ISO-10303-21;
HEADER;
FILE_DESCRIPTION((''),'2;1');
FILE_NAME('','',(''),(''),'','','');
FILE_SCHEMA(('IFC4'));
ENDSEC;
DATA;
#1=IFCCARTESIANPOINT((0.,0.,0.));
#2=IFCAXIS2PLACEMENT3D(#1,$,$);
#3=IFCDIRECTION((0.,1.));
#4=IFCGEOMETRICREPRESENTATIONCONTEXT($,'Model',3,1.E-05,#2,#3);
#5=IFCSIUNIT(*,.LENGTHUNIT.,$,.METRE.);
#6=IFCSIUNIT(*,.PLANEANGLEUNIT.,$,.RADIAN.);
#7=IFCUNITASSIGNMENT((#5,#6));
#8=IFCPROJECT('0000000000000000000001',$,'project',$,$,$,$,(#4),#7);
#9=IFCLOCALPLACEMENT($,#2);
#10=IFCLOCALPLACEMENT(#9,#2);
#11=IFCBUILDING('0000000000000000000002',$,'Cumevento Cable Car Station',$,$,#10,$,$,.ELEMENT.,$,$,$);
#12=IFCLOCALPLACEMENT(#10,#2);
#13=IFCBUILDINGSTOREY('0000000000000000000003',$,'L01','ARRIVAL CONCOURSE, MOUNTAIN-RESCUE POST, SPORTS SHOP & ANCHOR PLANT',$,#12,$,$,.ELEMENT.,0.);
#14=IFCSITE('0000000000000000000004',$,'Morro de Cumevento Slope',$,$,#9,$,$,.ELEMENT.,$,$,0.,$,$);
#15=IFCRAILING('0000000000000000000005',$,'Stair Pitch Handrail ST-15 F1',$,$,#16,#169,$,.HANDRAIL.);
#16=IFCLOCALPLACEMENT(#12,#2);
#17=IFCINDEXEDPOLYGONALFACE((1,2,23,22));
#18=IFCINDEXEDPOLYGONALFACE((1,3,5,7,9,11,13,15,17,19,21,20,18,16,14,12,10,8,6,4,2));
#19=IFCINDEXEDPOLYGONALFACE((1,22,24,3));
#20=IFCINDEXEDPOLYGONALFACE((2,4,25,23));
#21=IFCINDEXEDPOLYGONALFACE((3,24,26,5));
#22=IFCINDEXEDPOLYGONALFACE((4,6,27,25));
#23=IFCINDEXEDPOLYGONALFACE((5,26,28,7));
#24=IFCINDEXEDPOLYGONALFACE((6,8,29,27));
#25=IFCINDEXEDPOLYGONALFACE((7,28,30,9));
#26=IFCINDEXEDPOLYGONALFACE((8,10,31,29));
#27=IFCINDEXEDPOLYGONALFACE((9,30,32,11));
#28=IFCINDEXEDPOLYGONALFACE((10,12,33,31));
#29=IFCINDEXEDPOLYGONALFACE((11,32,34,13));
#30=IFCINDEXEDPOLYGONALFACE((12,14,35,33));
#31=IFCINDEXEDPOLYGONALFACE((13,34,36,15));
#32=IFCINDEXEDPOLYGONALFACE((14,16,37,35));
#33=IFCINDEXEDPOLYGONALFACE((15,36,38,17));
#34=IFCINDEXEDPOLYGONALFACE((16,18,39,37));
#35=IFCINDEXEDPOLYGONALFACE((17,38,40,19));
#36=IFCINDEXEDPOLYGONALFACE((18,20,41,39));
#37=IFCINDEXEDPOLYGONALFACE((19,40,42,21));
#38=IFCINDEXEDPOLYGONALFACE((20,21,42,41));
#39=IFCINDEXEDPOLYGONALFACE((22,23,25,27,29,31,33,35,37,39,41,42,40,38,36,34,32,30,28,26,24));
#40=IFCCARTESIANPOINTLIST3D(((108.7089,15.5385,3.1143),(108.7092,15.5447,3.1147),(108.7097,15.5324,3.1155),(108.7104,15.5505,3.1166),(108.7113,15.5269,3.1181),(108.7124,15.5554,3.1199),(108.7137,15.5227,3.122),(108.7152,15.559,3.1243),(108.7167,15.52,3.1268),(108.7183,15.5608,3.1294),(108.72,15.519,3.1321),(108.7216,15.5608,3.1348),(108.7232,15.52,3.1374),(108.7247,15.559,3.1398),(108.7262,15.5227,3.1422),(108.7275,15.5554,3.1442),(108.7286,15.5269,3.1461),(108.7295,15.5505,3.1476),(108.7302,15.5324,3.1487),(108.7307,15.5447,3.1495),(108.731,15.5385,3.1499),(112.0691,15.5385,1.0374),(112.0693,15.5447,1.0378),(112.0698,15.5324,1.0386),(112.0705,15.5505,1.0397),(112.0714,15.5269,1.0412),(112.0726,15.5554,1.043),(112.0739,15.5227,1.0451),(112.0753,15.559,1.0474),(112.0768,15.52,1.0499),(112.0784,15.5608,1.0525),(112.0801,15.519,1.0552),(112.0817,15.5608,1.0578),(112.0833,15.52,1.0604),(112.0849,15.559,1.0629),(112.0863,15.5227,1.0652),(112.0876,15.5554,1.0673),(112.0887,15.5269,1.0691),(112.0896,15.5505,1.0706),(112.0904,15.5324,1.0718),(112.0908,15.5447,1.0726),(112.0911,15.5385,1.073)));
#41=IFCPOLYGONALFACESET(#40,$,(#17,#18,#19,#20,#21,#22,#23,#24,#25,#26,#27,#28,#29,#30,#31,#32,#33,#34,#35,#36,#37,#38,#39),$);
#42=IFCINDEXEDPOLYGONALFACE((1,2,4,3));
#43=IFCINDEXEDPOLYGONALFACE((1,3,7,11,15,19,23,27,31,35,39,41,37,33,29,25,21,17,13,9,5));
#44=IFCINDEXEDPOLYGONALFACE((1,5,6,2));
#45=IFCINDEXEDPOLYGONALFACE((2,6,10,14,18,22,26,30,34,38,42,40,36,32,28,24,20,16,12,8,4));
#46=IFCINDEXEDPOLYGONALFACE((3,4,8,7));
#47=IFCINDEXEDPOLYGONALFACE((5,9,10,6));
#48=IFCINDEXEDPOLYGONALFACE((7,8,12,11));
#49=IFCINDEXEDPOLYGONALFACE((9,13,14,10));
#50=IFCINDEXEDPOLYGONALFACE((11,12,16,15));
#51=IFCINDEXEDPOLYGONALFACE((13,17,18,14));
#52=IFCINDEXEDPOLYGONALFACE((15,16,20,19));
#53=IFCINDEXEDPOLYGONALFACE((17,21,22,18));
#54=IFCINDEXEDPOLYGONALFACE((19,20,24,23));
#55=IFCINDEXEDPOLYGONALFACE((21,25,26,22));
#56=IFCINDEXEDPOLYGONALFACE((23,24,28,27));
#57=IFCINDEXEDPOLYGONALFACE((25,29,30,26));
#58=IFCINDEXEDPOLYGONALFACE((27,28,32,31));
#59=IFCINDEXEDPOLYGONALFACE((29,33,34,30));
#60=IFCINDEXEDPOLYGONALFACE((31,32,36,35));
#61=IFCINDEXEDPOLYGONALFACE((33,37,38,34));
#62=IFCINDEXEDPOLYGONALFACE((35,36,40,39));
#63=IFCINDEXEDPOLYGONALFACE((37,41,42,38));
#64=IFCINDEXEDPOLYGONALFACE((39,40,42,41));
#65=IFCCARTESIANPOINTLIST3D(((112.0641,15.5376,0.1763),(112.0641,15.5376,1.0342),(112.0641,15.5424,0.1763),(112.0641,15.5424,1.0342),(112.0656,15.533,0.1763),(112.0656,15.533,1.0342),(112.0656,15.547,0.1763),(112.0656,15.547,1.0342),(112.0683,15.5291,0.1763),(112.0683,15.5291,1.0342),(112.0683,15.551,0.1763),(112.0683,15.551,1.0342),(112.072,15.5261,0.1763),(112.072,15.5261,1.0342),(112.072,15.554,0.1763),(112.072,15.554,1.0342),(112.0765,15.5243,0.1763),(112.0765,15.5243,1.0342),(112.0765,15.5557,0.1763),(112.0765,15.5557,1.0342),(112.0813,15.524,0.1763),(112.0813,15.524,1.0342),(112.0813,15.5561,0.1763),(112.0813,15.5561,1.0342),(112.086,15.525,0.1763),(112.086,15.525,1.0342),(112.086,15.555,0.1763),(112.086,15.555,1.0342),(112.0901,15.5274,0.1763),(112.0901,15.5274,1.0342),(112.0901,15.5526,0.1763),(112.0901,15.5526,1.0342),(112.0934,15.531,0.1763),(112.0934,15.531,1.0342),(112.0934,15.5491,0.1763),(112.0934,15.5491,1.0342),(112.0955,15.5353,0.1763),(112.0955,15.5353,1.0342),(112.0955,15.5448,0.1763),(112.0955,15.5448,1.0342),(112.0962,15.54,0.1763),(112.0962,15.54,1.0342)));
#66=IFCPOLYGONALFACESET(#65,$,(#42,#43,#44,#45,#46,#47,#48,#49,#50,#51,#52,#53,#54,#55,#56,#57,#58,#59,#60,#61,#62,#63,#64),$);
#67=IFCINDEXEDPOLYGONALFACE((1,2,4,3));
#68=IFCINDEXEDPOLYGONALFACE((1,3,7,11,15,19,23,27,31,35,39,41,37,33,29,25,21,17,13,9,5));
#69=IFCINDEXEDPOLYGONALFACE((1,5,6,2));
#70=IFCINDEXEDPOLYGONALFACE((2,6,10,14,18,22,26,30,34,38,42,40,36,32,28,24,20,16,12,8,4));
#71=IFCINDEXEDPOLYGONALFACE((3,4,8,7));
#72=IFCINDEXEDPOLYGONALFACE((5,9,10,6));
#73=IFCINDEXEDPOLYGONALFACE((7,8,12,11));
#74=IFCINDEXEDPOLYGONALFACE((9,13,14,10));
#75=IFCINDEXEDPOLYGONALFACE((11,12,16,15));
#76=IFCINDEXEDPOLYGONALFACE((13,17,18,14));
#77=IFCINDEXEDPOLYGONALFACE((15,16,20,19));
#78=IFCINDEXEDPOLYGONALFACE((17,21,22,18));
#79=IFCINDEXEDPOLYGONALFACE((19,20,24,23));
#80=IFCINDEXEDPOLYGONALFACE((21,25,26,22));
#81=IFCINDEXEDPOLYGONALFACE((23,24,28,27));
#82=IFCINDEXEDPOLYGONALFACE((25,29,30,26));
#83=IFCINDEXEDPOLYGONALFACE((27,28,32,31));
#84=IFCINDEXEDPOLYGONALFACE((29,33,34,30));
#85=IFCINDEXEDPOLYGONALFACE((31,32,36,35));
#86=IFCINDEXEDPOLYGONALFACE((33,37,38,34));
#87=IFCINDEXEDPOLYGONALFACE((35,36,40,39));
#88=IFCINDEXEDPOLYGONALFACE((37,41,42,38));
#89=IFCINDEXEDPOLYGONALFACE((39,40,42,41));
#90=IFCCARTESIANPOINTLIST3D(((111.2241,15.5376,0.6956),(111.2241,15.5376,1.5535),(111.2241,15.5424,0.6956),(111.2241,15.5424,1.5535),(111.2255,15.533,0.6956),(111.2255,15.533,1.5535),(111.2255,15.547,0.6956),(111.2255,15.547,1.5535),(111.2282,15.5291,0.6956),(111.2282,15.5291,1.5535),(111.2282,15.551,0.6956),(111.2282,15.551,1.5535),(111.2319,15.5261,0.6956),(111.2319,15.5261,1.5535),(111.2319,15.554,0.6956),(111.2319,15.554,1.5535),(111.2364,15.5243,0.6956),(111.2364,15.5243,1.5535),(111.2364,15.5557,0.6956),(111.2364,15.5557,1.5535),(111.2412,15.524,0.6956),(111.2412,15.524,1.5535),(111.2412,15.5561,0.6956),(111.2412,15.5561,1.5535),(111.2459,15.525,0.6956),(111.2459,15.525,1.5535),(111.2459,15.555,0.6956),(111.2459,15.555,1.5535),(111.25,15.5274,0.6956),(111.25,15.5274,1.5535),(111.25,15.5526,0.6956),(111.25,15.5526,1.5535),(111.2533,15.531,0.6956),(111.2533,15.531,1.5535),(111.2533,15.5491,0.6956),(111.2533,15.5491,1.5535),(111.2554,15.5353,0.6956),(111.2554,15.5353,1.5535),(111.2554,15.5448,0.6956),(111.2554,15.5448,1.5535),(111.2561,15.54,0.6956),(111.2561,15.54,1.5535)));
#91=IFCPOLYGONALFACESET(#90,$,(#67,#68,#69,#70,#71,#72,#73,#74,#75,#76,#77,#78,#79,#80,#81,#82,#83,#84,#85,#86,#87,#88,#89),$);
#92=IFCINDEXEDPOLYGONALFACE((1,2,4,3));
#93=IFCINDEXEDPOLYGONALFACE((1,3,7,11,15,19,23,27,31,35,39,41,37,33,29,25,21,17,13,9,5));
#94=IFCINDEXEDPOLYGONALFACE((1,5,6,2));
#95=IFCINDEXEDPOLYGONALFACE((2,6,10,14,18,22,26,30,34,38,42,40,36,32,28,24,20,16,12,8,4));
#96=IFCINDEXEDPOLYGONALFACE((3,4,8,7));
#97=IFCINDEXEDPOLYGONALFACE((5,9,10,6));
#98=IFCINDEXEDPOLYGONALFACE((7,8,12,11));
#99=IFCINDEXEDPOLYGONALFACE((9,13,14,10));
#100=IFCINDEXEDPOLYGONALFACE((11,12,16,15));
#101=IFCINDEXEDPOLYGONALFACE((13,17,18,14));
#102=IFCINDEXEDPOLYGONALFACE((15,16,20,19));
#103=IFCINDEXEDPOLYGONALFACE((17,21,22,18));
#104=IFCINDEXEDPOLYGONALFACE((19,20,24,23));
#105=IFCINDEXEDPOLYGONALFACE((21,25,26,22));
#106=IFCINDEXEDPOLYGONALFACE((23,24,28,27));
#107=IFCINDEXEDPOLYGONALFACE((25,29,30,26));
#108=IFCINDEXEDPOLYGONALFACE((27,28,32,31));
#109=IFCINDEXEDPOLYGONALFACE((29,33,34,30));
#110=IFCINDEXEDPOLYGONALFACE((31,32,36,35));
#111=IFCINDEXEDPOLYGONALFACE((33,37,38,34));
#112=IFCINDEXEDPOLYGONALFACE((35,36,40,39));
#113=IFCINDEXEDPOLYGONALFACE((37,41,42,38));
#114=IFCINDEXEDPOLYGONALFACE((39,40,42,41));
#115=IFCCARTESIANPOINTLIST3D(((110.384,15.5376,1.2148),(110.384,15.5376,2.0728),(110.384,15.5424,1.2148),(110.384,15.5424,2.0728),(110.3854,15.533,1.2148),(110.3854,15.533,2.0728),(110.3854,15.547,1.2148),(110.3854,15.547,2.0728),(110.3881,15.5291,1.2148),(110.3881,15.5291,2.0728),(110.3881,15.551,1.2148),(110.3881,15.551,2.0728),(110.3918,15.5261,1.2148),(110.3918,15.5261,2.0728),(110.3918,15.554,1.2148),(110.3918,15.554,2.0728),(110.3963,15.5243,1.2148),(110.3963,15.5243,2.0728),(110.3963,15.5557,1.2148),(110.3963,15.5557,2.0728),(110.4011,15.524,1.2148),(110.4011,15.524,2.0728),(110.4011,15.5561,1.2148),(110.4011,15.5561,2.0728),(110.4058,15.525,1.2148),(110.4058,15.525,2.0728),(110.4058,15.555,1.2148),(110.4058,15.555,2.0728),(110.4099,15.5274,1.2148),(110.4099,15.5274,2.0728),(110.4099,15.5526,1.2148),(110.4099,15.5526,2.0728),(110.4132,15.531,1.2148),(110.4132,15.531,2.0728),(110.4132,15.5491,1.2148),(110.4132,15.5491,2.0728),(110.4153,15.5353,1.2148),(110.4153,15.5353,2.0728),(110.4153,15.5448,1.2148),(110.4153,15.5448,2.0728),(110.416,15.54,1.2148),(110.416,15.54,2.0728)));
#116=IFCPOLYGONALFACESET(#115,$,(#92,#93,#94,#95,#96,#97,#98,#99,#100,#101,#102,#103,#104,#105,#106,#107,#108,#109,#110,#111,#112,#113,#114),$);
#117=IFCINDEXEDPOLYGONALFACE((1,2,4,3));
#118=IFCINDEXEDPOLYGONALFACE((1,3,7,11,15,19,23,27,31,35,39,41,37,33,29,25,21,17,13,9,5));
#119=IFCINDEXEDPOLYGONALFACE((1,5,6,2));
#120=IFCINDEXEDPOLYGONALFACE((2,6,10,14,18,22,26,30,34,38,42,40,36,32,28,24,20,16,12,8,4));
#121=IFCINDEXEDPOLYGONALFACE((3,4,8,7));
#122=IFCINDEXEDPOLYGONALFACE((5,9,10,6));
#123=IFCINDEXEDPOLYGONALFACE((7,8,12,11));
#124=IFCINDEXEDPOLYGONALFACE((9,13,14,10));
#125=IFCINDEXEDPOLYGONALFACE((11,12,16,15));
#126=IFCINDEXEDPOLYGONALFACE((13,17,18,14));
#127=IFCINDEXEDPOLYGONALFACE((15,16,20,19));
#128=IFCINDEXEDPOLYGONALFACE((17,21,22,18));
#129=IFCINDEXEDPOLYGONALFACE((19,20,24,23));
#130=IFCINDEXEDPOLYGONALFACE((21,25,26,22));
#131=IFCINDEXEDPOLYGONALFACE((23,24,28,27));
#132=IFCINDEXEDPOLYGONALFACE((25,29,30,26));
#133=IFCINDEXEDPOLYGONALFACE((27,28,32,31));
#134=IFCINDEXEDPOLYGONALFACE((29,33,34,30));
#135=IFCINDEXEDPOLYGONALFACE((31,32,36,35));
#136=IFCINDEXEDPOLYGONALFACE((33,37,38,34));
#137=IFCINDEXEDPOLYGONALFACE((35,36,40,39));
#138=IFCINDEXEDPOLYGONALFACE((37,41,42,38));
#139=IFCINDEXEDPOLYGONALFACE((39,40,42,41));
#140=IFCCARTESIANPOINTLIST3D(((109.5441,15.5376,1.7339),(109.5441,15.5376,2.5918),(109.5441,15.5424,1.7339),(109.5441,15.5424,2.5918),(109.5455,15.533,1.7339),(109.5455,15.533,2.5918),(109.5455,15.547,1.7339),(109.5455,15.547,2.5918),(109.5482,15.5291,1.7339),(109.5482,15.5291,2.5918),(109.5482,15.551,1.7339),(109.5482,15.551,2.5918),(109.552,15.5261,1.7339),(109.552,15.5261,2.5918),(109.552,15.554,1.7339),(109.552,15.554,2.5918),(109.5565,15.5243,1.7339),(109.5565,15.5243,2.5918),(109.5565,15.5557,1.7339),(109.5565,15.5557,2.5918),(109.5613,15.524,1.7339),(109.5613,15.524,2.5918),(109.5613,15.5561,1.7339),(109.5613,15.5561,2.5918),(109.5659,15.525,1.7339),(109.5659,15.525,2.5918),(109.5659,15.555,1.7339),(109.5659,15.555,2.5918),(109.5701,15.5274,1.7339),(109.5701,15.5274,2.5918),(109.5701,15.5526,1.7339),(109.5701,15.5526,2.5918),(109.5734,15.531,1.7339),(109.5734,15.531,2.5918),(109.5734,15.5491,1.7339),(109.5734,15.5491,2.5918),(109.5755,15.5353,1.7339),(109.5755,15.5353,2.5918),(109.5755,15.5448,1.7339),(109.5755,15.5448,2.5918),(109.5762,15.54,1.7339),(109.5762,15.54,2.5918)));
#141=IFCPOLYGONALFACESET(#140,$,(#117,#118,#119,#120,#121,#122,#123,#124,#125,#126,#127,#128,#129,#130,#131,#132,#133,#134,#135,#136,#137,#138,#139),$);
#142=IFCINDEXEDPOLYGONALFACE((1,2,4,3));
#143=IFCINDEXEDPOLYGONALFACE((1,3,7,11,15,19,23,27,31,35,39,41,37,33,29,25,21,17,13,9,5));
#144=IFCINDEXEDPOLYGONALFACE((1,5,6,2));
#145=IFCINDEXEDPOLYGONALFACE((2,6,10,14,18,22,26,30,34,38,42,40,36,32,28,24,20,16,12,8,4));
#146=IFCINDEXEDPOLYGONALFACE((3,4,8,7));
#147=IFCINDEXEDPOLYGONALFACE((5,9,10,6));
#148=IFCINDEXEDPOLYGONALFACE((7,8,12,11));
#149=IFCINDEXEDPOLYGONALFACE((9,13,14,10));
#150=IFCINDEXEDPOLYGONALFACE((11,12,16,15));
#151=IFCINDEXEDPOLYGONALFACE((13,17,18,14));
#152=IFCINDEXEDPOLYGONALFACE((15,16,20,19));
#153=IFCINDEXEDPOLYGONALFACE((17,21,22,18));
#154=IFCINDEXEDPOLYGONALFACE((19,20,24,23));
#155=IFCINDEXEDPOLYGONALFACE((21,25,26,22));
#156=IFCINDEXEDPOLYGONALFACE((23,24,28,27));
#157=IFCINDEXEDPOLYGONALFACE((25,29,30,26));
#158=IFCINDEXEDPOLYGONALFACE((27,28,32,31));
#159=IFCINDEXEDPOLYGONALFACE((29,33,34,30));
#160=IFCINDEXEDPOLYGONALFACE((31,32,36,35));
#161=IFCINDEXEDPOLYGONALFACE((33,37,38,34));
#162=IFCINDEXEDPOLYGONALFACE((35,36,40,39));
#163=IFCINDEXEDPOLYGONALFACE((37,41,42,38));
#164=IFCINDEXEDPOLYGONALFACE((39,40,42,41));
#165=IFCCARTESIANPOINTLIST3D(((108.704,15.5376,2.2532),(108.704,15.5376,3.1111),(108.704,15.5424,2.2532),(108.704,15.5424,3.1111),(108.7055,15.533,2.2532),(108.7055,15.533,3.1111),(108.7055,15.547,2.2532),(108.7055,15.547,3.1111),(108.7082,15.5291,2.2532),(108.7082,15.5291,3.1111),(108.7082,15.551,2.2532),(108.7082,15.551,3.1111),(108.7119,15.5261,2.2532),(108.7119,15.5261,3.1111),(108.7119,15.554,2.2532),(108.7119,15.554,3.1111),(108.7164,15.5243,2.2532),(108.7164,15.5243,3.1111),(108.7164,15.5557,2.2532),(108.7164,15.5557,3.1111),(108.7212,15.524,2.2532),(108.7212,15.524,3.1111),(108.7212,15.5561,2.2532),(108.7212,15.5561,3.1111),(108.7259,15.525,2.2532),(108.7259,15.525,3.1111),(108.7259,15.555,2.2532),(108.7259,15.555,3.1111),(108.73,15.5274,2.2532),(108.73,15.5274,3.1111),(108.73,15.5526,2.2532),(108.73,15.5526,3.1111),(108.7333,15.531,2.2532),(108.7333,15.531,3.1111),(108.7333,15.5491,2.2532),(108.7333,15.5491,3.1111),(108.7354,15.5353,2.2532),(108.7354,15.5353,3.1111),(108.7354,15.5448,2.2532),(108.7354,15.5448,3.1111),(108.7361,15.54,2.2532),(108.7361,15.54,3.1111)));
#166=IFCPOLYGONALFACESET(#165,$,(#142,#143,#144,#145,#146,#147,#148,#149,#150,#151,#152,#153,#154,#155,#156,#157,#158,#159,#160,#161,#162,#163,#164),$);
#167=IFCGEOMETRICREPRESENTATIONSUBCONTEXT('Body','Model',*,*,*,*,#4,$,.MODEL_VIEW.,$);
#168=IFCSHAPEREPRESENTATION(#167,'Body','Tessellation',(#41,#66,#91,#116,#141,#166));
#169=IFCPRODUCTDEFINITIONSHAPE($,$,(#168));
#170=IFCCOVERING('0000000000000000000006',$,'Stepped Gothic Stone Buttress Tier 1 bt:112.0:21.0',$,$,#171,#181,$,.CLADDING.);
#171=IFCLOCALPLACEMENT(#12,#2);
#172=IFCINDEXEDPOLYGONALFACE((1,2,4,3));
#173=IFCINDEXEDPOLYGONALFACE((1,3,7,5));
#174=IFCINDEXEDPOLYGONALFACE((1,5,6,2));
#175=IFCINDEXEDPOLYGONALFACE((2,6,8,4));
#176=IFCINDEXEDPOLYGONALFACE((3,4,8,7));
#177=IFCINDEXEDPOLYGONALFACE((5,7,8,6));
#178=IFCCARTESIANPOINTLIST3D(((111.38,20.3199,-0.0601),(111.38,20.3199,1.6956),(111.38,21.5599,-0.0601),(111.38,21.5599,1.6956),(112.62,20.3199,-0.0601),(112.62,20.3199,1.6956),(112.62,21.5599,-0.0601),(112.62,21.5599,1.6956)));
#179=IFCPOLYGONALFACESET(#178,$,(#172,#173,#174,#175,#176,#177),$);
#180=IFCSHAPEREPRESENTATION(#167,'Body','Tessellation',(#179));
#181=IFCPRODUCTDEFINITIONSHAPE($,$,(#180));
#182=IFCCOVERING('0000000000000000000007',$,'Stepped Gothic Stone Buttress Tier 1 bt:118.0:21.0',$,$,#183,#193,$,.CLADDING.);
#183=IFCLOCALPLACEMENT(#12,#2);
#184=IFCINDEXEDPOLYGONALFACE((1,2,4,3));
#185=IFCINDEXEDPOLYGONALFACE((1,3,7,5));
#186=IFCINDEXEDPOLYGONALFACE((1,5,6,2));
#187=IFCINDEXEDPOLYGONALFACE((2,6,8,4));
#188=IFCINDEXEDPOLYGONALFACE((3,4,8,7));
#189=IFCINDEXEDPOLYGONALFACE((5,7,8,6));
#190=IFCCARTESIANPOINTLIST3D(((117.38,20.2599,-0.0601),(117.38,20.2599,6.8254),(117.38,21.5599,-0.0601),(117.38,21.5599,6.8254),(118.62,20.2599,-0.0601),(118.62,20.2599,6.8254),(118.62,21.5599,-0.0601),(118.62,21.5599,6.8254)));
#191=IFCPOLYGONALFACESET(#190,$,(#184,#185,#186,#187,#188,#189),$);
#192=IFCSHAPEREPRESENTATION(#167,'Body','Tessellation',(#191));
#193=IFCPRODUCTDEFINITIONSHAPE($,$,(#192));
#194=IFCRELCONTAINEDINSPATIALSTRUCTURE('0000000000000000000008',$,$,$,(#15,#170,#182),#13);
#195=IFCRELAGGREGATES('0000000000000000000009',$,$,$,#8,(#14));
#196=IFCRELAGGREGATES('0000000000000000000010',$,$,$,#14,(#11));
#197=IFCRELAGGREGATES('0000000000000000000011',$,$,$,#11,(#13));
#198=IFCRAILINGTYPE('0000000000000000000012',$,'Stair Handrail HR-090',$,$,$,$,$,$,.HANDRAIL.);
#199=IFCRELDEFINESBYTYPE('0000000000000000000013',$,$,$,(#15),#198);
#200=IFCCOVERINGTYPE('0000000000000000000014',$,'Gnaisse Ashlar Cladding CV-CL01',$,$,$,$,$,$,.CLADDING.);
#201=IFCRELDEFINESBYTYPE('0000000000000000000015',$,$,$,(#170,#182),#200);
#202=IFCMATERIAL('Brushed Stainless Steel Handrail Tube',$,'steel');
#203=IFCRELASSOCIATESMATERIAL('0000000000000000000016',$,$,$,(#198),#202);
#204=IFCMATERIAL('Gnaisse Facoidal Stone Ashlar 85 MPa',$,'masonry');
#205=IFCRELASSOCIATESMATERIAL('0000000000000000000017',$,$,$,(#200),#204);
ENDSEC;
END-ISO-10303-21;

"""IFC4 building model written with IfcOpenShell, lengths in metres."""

from ifc_helpers import new_model, si_unit, direction, frame, origin, origin_2d, place, context, subcontext, project, spatial, rectangle, circle, extrude, material, type_object, element, save


model = new_model("IFC4")

# Units and contexts
model_context = context("Model", 3, precision=1e-05, world=origin(), true_north=direction((0.0, 1.0)))
body_context = subcontext(model_context, "Body", "Model", "MODEL_VIEW")
ifc_project = project(units=[si_unit("LENGTHUNIT", "METRE"), si_unit("PLANEANGLEUNIT", "RADIAN")], contexts=[model_context])

# Site, building, storey
site_placement = place(None, origin())
site = spatial("IfcSite", under=ifc_project, at=site_placement, Name="Morro de Cumevento Slope", CompositionType="ELEMENT", RefElevation=0.0)
building_placement = place(site_placement, origin())
building = spatial("IfcBuilding", under=site, at=building_placement, Name="Cumevento Cable Car Station", CompositionType="ELEMENT")
storey_placement = place(building_placement, origin())
storey = spatial("IfcBuildingStorey", under=building, at=storey_placement, Name="L01", Description="ARRIVAL CONCOURSE, MOUNTAIN-RESCUE POST, SPORTS SHOP & ANCHOR PLANT", CompositionType="ELEMENT", Elevation=0.0)

# Railing
ifc_material_1 = material(Name="Brushed Stainless Steel Handrail Tube", Category="steel")
railing_type_1 = type_object("IfcRailingType", Name="Stair Handrail HR-090", PredefinedType="HANDRAIL", material=ifc_material_1)
railing_1_placement = place(storey_placement, frame((112.0801, 15.54, 0.1763)))
element("IfcRailing", 1, at=railing_1_placement, inside=storey, type_object=railing_type_1, Name="Stair Pitch Handrail ST-15 F1", PredefinedType="HANDRAIL", context=body_context, shape_type="SweptSolid", body=[
    extrude(circle(Radius=0.021, at=origin_2d()), frame((0.0, 0.0, 0.8789), z_axis=(-0.850623, 0.0, 0.525776), x_axis=(0.0, -1.0, 0.0)), (0.0, 0.0, 1.0), 3.9502),
    extrude(circle(Radius=0.0161, at=origin_2d()), origin(), (0.0, 0.0, 1.0), 0.8579),
    extrude(circle(Radius=0.0161, at=origin_2d()), frame((-0.8401, 0.0, 0.5193)), (0.0, 0.0, 1.0), 0.8579),
    extrude(circle(Radius=0.0161, at=origin_2d()), frame((-1.6802, 0.0, 1.0386)), (0.0, 0.0, 1.0), 0.8579),
    extrude(circle(Radius=0.0161, at=origin_2d()), frame((-2.52, 0.0, 1.5576)), (0.0, 0.0, 1.0), 0.8579),
    extrude(circle(Radius=0.0161, at=origin_2d()), frame((-3.3601, 0.0, 2.0769)), (0.0, 0.0, 1.0), 0.8579),
])

# Coverings
ifc_material_2 = material(Name="Gnaisse Facoidal Stone Ashlar 85 MPa", Category="masonry")
covering_type = type_object("IfcCoveringType", Name="Gnaisse Ashlar Cladding CV-CL01", PredefinedType="CLADDING", material=ifc_material_2)
covering_1_placement = place(storey_placement, frame((112.0, 20.9399, -0.0601), z_axis=(0.0, 0.0, 1.0), x_axis=(1.0, 0.0, 0.0)))
element("IfcCovering", 2, at=covering_1_placement, inside=storey, type_object=covering_type, Name="Stepped Gothic Stone Buttress Tier 1 bt:112.0:21.0", PredefinedType="CLADDING", context=body_context, shape_type="SweptSolid", body=[
    extrude(rectangle(XDim=1.24, YDim=1.24, at=origin_2d()), origin(), (0.0, 0.0, 1.0), 1.7556),
])
covering_2_placement = place(storey_placement, frame((118.0, 20.9099, -0.0601), z_axis=(0.0, 0.0, 1.0), x_axis=(1.0, 0.0, 0.0)))
element("IfcCovering", 3, at=covering_2_placement, inside=storey, type_object=covering_type, Name="Stepped Gothic Stone Buttress Tier 1 bt:118.0:21.0", PredefinedType="CLADDING", context=body_context, shape_type="SweptSolid", body=[
    extrude(rectangle(XDim=1.24, YDim=1.3, at=origin_2d()), origin(), (0.0, 0.0, 1.0), 6.8855),
])

save(model, "model.ifc")
